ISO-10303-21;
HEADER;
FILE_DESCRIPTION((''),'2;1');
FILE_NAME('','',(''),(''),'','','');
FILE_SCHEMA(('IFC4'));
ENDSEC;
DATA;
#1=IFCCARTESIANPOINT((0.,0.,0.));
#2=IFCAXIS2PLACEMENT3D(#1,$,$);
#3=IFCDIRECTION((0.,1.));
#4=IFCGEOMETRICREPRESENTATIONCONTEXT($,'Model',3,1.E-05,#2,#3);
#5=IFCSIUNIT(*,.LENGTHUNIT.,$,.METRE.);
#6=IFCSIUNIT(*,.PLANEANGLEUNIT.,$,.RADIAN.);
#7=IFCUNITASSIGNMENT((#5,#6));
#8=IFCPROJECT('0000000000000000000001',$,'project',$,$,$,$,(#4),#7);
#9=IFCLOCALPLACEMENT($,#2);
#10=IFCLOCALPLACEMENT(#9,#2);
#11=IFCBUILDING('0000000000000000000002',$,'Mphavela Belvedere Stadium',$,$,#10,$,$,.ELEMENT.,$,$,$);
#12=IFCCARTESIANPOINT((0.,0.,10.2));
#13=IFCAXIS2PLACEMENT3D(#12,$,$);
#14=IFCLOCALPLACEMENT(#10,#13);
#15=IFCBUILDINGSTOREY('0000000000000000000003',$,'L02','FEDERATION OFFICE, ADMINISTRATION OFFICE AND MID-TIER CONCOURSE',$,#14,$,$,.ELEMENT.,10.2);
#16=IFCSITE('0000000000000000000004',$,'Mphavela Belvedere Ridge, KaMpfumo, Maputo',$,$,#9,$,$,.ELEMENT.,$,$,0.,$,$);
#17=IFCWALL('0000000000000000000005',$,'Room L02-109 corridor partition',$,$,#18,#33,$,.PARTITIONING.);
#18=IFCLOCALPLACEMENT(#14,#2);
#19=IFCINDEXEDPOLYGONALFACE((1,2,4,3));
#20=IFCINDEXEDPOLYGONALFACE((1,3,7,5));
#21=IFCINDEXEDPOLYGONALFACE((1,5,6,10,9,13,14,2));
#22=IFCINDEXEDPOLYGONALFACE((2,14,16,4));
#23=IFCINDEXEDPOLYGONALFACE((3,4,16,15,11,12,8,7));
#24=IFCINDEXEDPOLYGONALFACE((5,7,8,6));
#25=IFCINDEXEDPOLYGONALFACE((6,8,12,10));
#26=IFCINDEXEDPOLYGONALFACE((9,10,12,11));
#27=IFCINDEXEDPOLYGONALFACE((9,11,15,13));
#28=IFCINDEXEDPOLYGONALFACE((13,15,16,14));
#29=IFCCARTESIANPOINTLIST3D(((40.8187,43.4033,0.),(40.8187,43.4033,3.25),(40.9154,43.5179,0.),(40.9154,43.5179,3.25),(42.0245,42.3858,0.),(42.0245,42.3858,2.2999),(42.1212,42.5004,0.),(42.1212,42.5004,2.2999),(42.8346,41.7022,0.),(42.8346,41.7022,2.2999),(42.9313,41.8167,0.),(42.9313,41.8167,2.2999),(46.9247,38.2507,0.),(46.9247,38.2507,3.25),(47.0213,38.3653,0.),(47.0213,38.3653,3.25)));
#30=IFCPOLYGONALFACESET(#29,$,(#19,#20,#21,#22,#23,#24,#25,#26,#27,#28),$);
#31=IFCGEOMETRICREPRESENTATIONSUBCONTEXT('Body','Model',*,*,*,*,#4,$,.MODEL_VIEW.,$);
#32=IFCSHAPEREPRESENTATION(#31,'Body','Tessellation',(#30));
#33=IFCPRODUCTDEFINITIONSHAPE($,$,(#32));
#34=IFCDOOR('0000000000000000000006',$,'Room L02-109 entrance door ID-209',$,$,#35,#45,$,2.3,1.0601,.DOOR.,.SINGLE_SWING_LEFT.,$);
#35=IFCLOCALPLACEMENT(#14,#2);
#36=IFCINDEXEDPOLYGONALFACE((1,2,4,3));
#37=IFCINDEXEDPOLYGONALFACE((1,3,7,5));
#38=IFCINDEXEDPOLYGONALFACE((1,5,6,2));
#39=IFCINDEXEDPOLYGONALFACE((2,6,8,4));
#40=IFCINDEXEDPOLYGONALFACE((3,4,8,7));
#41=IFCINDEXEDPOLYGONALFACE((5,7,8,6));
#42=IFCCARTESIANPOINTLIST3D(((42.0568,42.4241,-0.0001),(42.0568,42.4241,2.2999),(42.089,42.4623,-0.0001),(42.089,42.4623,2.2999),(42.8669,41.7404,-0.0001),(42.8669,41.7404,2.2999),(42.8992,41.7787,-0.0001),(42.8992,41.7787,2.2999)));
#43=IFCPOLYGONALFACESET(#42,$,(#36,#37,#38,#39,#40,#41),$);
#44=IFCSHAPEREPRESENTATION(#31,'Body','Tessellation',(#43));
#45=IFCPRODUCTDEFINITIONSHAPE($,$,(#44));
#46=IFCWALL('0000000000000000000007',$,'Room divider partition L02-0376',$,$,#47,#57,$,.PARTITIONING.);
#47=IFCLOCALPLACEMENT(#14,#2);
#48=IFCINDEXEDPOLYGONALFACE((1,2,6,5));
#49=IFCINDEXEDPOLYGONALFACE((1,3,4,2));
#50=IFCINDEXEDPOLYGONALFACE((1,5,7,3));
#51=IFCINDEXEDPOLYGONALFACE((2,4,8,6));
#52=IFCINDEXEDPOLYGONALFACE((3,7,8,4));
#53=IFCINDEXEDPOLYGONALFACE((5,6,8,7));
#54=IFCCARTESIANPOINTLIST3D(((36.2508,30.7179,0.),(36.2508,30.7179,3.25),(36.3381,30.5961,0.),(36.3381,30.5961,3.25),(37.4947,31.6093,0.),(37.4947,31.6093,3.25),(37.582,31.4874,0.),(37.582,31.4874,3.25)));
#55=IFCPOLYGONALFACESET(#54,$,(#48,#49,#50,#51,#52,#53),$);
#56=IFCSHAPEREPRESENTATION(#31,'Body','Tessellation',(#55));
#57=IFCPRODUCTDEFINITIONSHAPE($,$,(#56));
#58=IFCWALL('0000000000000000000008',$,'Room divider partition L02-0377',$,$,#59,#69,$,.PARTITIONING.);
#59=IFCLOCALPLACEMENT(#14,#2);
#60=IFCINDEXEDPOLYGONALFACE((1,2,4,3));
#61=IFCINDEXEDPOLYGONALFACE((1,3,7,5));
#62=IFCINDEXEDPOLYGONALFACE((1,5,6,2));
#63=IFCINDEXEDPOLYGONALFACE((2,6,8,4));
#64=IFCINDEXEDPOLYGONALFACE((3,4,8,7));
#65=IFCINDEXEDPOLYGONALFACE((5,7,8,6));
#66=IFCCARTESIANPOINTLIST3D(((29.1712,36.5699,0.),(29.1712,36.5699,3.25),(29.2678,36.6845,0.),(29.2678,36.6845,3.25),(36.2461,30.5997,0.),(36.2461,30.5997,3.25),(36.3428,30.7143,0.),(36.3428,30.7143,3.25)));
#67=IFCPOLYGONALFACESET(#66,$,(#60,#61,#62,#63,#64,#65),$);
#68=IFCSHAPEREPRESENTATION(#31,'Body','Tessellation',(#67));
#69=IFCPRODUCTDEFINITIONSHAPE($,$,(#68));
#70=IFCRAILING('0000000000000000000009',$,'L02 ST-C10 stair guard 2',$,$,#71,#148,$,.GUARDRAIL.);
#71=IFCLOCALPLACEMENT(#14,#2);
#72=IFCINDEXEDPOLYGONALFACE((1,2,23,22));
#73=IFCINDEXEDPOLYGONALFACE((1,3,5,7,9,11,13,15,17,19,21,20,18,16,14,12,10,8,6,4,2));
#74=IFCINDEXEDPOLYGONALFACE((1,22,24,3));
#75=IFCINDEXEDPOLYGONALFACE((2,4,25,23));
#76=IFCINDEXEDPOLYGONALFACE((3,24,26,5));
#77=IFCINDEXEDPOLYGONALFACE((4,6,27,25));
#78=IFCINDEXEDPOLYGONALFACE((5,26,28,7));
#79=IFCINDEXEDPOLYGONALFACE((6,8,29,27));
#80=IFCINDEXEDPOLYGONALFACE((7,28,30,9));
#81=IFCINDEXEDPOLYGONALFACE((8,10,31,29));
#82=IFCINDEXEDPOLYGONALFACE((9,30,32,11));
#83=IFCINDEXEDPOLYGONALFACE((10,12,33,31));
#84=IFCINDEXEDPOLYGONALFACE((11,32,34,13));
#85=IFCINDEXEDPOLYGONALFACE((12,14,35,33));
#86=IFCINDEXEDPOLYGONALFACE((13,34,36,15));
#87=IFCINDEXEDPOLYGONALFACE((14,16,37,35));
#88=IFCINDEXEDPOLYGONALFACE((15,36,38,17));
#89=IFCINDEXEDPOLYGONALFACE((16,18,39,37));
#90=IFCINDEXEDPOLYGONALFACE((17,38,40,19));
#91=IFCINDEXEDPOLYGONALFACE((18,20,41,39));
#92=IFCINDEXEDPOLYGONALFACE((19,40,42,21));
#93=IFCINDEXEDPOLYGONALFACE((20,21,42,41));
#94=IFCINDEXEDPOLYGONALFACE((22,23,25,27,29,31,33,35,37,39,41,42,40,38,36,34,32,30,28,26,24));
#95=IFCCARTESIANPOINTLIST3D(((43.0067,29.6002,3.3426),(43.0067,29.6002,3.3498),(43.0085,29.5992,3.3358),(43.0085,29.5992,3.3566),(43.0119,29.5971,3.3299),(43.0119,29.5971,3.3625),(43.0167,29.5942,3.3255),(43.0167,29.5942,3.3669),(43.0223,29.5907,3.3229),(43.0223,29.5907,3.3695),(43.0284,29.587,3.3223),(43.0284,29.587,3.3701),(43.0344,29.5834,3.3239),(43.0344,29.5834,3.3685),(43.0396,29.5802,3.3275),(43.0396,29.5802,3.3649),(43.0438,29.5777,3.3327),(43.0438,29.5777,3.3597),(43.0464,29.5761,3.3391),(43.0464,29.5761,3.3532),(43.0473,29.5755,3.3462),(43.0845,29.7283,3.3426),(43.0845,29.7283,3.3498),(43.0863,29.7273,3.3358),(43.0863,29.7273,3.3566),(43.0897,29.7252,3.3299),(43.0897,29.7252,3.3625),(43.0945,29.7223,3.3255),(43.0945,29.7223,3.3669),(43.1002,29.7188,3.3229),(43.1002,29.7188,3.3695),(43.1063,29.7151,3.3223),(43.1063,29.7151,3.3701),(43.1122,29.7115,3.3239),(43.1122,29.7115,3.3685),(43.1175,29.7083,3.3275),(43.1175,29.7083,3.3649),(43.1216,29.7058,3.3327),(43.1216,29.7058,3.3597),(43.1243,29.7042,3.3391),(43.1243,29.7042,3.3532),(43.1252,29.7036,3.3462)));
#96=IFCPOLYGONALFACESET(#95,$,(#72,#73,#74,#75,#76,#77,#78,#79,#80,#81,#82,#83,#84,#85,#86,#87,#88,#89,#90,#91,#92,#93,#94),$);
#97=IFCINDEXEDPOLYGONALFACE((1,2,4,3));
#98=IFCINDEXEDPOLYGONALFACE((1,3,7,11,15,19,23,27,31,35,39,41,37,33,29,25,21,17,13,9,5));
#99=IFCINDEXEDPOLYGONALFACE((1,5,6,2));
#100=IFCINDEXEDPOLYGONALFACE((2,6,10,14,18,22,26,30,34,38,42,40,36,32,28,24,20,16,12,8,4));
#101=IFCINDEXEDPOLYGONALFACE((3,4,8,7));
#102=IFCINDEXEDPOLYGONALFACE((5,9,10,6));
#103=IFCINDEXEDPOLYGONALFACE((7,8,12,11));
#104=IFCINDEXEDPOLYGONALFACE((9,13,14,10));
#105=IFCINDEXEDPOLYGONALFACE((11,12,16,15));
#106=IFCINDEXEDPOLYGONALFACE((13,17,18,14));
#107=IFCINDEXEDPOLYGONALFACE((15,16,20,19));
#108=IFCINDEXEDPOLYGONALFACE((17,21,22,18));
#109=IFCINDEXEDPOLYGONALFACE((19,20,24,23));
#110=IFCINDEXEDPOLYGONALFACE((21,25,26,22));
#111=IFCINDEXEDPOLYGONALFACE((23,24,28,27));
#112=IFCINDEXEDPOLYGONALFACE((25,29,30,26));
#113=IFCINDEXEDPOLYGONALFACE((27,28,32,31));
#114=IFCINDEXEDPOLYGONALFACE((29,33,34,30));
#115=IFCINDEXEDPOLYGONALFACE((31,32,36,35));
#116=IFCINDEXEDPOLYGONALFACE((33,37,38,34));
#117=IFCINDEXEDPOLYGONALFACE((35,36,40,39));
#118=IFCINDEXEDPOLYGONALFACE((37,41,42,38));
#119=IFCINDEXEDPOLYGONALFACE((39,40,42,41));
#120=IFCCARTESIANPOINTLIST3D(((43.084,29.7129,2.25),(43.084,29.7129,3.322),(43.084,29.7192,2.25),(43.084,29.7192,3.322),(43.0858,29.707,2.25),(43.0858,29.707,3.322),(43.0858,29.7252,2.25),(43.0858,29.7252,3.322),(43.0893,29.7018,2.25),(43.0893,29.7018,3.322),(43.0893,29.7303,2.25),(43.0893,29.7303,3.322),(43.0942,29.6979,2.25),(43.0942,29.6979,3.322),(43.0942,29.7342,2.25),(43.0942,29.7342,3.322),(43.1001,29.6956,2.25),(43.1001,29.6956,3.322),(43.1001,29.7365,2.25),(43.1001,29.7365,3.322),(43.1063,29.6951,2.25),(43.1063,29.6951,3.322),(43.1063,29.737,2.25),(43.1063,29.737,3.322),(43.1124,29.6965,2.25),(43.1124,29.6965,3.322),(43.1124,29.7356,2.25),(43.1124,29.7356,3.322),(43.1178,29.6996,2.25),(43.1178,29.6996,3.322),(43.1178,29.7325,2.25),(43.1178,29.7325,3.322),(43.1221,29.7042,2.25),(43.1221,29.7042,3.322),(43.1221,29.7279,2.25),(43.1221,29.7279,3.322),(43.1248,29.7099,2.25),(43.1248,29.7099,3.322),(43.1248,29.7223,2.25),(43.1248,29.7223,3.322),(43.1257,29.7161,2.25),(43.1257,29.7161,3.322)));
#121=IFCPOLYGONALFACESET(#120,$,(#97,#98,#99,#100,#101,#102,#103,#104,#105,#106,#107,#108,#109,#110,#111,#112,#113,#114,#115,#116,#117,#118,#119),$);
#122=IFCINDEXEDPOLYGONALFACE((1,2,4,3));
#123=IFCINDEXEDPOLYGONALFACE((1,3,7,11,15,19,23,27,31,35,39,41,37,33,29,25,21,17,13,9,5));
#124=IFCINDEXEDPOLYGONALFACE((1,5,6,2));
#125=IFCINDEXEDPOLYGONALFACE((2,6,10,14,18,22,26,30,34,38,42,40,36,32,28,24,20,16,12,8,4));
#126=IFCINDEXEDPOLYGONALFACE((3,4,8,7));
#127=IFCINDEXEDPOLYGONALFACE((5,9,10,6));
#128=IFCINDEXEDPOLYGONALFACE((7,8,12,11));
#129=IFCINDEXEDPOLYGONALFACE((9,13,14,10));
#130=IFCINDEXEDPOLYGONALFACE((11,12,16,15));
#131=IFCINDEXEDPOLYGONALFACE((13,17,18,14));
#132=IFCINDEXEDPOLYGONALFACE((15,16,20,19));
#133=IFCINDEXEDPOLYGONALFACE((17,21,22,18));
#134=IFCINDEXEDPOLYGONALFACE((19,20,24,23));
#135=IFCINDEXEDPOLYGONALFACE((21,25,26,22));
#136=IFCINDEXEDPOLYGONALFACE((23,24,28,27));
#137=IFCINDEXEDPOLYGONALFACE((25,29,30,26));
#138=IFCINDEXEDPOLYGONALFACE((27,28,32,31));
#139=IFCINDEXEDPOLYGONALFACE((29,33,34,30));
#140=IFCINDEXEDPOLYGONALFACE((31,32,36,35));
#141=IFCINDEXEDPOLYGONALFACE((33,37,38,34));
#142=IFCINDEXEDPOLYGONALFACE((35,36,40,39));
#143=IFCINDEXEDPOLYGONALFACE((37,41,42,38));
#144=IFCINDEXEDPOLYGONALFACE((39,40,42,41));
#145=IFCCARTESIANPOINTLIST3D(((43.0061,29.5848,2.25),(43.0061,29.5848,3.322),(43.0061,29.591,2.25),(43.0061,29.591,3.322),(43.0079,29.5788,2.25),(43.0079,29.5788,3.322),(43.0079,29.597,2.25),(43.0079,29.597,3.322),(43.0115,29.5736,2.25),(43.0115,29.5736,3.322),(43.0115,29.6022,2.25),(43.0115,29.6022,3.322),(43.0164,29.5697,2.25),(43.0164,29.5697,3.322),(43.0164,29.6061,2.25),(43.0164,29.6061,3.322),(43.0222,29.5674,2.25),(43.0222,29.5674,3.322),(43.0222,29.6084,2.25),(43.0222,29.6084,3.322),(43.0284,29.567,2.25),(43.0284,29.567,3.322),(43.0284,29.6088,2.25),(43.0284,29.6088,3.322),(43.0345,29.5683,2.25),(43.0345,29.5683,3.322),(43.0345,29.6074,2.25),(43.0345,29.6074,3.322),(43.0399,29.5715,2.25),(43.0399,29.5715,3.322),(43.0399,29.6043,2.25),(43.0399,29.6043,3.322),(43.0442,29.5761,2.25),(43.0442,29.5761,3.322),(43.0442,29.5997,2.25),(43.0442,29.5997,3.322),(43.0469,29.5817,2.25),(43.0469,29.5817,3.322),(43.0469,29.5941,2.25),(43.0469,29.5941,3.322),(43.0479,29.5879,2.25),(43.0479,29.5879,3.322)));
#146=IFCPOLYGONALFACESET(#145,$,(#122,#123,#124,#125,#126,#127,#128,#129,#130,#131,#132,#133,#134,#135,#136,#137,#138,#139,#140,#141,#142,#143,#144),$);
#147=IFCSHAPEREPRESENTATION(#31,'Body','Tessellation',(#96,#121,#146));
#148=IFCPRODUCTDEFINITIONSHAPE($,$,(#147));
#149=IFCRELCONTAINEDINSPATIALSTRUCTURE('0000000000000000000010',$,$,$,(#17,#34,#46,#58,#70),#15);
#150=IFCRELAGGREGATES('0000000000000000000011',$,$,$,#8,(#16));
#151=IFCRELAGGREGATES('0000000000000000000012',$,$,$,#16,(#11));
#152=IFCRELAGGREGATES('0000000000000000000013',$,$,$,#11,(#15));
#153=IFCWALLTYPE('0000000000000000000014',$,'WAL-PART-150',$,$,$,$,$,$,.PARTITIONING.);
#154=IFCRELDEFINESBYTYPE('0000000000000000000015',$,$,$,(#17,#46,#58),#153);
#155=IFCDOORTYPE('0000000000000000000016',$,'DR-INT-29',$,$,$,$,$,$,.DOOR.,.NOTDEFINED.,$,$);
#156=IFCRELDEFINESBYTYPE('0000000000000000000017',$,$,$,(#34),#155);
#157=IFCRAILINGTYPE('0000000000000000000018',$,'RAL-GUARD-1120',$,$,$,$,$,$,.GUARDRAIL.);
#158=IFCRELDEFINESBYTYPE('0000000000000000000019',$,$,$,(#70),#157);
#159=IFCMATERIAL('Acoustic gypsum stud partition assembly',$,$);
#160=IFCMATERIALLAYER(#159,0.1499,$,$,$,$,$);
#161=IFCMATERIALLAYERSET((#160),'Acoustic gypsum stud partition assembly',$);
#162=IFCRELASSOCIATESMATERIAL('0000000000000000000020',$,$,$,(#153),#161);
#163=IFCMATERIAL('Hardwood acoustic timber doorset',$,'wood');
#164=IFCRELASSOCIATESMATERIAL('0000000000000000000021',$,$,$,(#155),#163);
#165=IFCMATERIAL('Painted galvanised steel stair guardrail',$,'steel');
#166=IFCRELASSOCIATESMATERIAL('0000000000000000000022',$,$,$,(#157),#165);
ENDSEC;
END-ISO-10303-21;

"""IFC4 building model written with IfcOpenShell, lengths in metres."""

from ifc_helpers import new_model, si_unit, direction, frame, frame_2d, origin, origin_2d, place, context, subcontext, project, spatial, rectangle, circle, extrude, material, layer, layer_set, type_object, element, fill, save


model = new_model("IFC4")

# Units and contexts
model_context = context("Model", 3, precision=1e-05, world=origin(), true_north=direction((0.0, 1.0)))
body_context = subcontext(model_context, "Body", "Model", "MODEL_VIEW")
ifc_project = project(units=[si_unit("LENGTHUNIT", "METRE"), si_unit("PLANEANGLEUNIT", "RADIAN")], contexts=[model_context])

# Site, building, storey
site_placement = place(None, origin())
site = spatial("IfcSite", under=ifc_project, at=site_placement, Name="Mphavela Belvedere Ridge, KaMpfumo, Maputo", CompositionType="ELEMENT", RefElevation=0.0)
building_placement = place(site_placement, origin())
building = spatial("IfcBuilding", under=site, at=building_placement, Name="Mphavela Belvedere Stadium", CompositionType="ELEMENT")
storey_placement = place(building_placement, frame((0.0, 0.0, 10.2)))
storey = spatial("IfcBuildingStorey", under=building, at=storey_placement, Name="L02", Description="FEDERATION OFFICE, ADMINISTRATION OFFICE AND MID-TIER CONCOURSE", CompositionType="ELEMENT", Elevation=10.2)

# Wall, opening, door
ifc_material_1 = material(Name="Acoustic gypsum stud partition assembly")
ifc_layer_1 = layer(ifc_material_1, 0.1499)
ifc_layer_set_1 = layer_set([ifc_layer_1], Name="Acoustic gypsum stud partition assembly")
wall_type_1 = type_object("IfcWallType", Name="WAL-PART-150", PredefinedType="PARTITIONING", material=ifc_layer_set_1)
wall_1_placement = place(storey_placement, frame((46.9729, 38.3081, 0.0), z_axis=(0.0, 0.0, 1.0), x_axis=(-0.764249, 0.644921, 0.0)))
wall_1 = element("IfcWall", 1, at=wall_1_placement, inside=storey, type_object=wall_type_1, Name="Room L02-109 corridor partition", PredefinedType="PARTITIONING", context=body_context, shape_type="SweptSolid", body=[
    extrude(rectangle(XDim=7.9895, YDim=0.1499, at=frame_2d((3.9946, 0.0))), origin(), (0.0, 0.0, 1.0), 3.25),
])
opening_1_placement = place(wall_1_placement, frame((5.3516, 0.0, 0.0)))
opening_1 = element("IfcOpeningElement", 2, at=opening_1_placement, cuts=wall_1, PredefinedType="OPENING", context=body_context, shape_type="SweptSolid", body=[
    extrude(rectangle(XDim=1.0601, YDim=2.3, at=frame_2d((0.53, 1.1499))), frame((0.0, 0.085, 0.0), z_axis=(0.0, -1.0, 0.0), x_axis=(1.0, 0.0, 0.0)), (0.0, 0.0, 1.0), 0.1699),
])
ifc_material_2 = material(Name="Hardwood acoustic timber doorset", Category="wood")
door_type_1 = type_object("IfcDoorType", Name="DR-INT-29", OperationType="NOTDEFINED", PredefinedType="DOOR", material=ifc_material_2)
door_1_placement = place(opening_1_placement, origin())
door_1 = element("IfcDoor", 3, at=door_1_placement, inside=storey, type_object=door_type_1, Name="Room L02-109 entrance door ID-209", OperationType="SINGLE_SWING_LEFT", OverallHeight=2.3, OverallWidth=1.0601, PredefinedType="DOOR", context=body_context, shape_type="SweptSolid", body=[
    extrude(rectangle(XDim=1.0601, YDim=2.3, at=frame_2d((0.53, 1.1499))), frame((0.0, 0.0249, 0.0), z_axis=(0.0, -1.0, 0.0), x_axis=(1.0, 0.0, 0.0)), (0.0, 0.0, 1.0), 0.05),
])
fill(opening_1, door_1)

# Walls
wall_2_placement = place(storey_placement, frame((37.5383, 31.5483, 0.0), z_axis=(0.0, 0.0, 1.0), x_axis=(-0.812849, -0.582475, 0.0)))
element("IfcWall", 4, at=wall_2_placement, inside=storey, type_object=wall_type_1, Name="Room divider partition L02-0376", PredefinedType="PARTITIONING", context=body_context, shape_type="SweptSolid", body=[
    extrude(rectangle(XDim=1.5303, YDim=0.1499, at=frame_2d((0.7651, 0.0))), origin(), (0.0, 0.0, 1.0), 3.25),
])
wall_3_placement = place(storey_placement, frame((36.2944, 30.657, 0.0), z_axis=(0.0, 0.0, 1.0), x_axis=(-0.764253, 0.644917, 0.0)))
element("IfcWall", 5, at=wall_3_placement, inside=storey, type_object=wall_type_1, Name="Room divider partition L02-0377", PredefinedType="PARTITIONING", context=body_context, shape_type="SweptSolid", body=[
    extrude(rectangle(XDim=9.2573, YDim=0.1499, at=frame_2d((4.6287, 0.0))), origin(), (0.0, 0.0, 1.0), 3.25),
])

# Railing
ifc_material_3 = material(Name="Painted galvanised steel stair guardrail", Category="steel")
railing_type_1 = type_object("IfcRailingType", Name="RAL-GUARD-1120", PredefinedType="GUARDRAIL", material=ifc_material_3)
railing_1_placement = place(storey_placement, frame((43.1047, 29.7161, 2.25)))
element("IfcRailing", 6, at=railing_1_placement, inside=storey, type_object=railing_type_1, Name="L02 ST-C10 stair guard 2", PredefinedType="GUARDRAIL", context=body_context, shape_type="SweptSolid", body=[
    extrude(circle(Radius=0.0239, at=origin_2d()), frame((0.0, 0.0, 1.0962), z_axis=(-0.519275, -0.854607, 0.0), x_axis=(0.854607, -0.519275, 0.0)), (0.0, 0.0, 1.0), 0.1499),
    extrude(circle(Radius=0.021, at=origin_2d()), origin(), (0.0, 0.0, 1.0), 1.072),
    extrude(circle(Radius=0.021, at=origin_2d()), frame((-0.0779, -0.1282, 0.0)), (0.0, 0.0, 1.0), 1.072),
])

save(model, "model.ifc")
